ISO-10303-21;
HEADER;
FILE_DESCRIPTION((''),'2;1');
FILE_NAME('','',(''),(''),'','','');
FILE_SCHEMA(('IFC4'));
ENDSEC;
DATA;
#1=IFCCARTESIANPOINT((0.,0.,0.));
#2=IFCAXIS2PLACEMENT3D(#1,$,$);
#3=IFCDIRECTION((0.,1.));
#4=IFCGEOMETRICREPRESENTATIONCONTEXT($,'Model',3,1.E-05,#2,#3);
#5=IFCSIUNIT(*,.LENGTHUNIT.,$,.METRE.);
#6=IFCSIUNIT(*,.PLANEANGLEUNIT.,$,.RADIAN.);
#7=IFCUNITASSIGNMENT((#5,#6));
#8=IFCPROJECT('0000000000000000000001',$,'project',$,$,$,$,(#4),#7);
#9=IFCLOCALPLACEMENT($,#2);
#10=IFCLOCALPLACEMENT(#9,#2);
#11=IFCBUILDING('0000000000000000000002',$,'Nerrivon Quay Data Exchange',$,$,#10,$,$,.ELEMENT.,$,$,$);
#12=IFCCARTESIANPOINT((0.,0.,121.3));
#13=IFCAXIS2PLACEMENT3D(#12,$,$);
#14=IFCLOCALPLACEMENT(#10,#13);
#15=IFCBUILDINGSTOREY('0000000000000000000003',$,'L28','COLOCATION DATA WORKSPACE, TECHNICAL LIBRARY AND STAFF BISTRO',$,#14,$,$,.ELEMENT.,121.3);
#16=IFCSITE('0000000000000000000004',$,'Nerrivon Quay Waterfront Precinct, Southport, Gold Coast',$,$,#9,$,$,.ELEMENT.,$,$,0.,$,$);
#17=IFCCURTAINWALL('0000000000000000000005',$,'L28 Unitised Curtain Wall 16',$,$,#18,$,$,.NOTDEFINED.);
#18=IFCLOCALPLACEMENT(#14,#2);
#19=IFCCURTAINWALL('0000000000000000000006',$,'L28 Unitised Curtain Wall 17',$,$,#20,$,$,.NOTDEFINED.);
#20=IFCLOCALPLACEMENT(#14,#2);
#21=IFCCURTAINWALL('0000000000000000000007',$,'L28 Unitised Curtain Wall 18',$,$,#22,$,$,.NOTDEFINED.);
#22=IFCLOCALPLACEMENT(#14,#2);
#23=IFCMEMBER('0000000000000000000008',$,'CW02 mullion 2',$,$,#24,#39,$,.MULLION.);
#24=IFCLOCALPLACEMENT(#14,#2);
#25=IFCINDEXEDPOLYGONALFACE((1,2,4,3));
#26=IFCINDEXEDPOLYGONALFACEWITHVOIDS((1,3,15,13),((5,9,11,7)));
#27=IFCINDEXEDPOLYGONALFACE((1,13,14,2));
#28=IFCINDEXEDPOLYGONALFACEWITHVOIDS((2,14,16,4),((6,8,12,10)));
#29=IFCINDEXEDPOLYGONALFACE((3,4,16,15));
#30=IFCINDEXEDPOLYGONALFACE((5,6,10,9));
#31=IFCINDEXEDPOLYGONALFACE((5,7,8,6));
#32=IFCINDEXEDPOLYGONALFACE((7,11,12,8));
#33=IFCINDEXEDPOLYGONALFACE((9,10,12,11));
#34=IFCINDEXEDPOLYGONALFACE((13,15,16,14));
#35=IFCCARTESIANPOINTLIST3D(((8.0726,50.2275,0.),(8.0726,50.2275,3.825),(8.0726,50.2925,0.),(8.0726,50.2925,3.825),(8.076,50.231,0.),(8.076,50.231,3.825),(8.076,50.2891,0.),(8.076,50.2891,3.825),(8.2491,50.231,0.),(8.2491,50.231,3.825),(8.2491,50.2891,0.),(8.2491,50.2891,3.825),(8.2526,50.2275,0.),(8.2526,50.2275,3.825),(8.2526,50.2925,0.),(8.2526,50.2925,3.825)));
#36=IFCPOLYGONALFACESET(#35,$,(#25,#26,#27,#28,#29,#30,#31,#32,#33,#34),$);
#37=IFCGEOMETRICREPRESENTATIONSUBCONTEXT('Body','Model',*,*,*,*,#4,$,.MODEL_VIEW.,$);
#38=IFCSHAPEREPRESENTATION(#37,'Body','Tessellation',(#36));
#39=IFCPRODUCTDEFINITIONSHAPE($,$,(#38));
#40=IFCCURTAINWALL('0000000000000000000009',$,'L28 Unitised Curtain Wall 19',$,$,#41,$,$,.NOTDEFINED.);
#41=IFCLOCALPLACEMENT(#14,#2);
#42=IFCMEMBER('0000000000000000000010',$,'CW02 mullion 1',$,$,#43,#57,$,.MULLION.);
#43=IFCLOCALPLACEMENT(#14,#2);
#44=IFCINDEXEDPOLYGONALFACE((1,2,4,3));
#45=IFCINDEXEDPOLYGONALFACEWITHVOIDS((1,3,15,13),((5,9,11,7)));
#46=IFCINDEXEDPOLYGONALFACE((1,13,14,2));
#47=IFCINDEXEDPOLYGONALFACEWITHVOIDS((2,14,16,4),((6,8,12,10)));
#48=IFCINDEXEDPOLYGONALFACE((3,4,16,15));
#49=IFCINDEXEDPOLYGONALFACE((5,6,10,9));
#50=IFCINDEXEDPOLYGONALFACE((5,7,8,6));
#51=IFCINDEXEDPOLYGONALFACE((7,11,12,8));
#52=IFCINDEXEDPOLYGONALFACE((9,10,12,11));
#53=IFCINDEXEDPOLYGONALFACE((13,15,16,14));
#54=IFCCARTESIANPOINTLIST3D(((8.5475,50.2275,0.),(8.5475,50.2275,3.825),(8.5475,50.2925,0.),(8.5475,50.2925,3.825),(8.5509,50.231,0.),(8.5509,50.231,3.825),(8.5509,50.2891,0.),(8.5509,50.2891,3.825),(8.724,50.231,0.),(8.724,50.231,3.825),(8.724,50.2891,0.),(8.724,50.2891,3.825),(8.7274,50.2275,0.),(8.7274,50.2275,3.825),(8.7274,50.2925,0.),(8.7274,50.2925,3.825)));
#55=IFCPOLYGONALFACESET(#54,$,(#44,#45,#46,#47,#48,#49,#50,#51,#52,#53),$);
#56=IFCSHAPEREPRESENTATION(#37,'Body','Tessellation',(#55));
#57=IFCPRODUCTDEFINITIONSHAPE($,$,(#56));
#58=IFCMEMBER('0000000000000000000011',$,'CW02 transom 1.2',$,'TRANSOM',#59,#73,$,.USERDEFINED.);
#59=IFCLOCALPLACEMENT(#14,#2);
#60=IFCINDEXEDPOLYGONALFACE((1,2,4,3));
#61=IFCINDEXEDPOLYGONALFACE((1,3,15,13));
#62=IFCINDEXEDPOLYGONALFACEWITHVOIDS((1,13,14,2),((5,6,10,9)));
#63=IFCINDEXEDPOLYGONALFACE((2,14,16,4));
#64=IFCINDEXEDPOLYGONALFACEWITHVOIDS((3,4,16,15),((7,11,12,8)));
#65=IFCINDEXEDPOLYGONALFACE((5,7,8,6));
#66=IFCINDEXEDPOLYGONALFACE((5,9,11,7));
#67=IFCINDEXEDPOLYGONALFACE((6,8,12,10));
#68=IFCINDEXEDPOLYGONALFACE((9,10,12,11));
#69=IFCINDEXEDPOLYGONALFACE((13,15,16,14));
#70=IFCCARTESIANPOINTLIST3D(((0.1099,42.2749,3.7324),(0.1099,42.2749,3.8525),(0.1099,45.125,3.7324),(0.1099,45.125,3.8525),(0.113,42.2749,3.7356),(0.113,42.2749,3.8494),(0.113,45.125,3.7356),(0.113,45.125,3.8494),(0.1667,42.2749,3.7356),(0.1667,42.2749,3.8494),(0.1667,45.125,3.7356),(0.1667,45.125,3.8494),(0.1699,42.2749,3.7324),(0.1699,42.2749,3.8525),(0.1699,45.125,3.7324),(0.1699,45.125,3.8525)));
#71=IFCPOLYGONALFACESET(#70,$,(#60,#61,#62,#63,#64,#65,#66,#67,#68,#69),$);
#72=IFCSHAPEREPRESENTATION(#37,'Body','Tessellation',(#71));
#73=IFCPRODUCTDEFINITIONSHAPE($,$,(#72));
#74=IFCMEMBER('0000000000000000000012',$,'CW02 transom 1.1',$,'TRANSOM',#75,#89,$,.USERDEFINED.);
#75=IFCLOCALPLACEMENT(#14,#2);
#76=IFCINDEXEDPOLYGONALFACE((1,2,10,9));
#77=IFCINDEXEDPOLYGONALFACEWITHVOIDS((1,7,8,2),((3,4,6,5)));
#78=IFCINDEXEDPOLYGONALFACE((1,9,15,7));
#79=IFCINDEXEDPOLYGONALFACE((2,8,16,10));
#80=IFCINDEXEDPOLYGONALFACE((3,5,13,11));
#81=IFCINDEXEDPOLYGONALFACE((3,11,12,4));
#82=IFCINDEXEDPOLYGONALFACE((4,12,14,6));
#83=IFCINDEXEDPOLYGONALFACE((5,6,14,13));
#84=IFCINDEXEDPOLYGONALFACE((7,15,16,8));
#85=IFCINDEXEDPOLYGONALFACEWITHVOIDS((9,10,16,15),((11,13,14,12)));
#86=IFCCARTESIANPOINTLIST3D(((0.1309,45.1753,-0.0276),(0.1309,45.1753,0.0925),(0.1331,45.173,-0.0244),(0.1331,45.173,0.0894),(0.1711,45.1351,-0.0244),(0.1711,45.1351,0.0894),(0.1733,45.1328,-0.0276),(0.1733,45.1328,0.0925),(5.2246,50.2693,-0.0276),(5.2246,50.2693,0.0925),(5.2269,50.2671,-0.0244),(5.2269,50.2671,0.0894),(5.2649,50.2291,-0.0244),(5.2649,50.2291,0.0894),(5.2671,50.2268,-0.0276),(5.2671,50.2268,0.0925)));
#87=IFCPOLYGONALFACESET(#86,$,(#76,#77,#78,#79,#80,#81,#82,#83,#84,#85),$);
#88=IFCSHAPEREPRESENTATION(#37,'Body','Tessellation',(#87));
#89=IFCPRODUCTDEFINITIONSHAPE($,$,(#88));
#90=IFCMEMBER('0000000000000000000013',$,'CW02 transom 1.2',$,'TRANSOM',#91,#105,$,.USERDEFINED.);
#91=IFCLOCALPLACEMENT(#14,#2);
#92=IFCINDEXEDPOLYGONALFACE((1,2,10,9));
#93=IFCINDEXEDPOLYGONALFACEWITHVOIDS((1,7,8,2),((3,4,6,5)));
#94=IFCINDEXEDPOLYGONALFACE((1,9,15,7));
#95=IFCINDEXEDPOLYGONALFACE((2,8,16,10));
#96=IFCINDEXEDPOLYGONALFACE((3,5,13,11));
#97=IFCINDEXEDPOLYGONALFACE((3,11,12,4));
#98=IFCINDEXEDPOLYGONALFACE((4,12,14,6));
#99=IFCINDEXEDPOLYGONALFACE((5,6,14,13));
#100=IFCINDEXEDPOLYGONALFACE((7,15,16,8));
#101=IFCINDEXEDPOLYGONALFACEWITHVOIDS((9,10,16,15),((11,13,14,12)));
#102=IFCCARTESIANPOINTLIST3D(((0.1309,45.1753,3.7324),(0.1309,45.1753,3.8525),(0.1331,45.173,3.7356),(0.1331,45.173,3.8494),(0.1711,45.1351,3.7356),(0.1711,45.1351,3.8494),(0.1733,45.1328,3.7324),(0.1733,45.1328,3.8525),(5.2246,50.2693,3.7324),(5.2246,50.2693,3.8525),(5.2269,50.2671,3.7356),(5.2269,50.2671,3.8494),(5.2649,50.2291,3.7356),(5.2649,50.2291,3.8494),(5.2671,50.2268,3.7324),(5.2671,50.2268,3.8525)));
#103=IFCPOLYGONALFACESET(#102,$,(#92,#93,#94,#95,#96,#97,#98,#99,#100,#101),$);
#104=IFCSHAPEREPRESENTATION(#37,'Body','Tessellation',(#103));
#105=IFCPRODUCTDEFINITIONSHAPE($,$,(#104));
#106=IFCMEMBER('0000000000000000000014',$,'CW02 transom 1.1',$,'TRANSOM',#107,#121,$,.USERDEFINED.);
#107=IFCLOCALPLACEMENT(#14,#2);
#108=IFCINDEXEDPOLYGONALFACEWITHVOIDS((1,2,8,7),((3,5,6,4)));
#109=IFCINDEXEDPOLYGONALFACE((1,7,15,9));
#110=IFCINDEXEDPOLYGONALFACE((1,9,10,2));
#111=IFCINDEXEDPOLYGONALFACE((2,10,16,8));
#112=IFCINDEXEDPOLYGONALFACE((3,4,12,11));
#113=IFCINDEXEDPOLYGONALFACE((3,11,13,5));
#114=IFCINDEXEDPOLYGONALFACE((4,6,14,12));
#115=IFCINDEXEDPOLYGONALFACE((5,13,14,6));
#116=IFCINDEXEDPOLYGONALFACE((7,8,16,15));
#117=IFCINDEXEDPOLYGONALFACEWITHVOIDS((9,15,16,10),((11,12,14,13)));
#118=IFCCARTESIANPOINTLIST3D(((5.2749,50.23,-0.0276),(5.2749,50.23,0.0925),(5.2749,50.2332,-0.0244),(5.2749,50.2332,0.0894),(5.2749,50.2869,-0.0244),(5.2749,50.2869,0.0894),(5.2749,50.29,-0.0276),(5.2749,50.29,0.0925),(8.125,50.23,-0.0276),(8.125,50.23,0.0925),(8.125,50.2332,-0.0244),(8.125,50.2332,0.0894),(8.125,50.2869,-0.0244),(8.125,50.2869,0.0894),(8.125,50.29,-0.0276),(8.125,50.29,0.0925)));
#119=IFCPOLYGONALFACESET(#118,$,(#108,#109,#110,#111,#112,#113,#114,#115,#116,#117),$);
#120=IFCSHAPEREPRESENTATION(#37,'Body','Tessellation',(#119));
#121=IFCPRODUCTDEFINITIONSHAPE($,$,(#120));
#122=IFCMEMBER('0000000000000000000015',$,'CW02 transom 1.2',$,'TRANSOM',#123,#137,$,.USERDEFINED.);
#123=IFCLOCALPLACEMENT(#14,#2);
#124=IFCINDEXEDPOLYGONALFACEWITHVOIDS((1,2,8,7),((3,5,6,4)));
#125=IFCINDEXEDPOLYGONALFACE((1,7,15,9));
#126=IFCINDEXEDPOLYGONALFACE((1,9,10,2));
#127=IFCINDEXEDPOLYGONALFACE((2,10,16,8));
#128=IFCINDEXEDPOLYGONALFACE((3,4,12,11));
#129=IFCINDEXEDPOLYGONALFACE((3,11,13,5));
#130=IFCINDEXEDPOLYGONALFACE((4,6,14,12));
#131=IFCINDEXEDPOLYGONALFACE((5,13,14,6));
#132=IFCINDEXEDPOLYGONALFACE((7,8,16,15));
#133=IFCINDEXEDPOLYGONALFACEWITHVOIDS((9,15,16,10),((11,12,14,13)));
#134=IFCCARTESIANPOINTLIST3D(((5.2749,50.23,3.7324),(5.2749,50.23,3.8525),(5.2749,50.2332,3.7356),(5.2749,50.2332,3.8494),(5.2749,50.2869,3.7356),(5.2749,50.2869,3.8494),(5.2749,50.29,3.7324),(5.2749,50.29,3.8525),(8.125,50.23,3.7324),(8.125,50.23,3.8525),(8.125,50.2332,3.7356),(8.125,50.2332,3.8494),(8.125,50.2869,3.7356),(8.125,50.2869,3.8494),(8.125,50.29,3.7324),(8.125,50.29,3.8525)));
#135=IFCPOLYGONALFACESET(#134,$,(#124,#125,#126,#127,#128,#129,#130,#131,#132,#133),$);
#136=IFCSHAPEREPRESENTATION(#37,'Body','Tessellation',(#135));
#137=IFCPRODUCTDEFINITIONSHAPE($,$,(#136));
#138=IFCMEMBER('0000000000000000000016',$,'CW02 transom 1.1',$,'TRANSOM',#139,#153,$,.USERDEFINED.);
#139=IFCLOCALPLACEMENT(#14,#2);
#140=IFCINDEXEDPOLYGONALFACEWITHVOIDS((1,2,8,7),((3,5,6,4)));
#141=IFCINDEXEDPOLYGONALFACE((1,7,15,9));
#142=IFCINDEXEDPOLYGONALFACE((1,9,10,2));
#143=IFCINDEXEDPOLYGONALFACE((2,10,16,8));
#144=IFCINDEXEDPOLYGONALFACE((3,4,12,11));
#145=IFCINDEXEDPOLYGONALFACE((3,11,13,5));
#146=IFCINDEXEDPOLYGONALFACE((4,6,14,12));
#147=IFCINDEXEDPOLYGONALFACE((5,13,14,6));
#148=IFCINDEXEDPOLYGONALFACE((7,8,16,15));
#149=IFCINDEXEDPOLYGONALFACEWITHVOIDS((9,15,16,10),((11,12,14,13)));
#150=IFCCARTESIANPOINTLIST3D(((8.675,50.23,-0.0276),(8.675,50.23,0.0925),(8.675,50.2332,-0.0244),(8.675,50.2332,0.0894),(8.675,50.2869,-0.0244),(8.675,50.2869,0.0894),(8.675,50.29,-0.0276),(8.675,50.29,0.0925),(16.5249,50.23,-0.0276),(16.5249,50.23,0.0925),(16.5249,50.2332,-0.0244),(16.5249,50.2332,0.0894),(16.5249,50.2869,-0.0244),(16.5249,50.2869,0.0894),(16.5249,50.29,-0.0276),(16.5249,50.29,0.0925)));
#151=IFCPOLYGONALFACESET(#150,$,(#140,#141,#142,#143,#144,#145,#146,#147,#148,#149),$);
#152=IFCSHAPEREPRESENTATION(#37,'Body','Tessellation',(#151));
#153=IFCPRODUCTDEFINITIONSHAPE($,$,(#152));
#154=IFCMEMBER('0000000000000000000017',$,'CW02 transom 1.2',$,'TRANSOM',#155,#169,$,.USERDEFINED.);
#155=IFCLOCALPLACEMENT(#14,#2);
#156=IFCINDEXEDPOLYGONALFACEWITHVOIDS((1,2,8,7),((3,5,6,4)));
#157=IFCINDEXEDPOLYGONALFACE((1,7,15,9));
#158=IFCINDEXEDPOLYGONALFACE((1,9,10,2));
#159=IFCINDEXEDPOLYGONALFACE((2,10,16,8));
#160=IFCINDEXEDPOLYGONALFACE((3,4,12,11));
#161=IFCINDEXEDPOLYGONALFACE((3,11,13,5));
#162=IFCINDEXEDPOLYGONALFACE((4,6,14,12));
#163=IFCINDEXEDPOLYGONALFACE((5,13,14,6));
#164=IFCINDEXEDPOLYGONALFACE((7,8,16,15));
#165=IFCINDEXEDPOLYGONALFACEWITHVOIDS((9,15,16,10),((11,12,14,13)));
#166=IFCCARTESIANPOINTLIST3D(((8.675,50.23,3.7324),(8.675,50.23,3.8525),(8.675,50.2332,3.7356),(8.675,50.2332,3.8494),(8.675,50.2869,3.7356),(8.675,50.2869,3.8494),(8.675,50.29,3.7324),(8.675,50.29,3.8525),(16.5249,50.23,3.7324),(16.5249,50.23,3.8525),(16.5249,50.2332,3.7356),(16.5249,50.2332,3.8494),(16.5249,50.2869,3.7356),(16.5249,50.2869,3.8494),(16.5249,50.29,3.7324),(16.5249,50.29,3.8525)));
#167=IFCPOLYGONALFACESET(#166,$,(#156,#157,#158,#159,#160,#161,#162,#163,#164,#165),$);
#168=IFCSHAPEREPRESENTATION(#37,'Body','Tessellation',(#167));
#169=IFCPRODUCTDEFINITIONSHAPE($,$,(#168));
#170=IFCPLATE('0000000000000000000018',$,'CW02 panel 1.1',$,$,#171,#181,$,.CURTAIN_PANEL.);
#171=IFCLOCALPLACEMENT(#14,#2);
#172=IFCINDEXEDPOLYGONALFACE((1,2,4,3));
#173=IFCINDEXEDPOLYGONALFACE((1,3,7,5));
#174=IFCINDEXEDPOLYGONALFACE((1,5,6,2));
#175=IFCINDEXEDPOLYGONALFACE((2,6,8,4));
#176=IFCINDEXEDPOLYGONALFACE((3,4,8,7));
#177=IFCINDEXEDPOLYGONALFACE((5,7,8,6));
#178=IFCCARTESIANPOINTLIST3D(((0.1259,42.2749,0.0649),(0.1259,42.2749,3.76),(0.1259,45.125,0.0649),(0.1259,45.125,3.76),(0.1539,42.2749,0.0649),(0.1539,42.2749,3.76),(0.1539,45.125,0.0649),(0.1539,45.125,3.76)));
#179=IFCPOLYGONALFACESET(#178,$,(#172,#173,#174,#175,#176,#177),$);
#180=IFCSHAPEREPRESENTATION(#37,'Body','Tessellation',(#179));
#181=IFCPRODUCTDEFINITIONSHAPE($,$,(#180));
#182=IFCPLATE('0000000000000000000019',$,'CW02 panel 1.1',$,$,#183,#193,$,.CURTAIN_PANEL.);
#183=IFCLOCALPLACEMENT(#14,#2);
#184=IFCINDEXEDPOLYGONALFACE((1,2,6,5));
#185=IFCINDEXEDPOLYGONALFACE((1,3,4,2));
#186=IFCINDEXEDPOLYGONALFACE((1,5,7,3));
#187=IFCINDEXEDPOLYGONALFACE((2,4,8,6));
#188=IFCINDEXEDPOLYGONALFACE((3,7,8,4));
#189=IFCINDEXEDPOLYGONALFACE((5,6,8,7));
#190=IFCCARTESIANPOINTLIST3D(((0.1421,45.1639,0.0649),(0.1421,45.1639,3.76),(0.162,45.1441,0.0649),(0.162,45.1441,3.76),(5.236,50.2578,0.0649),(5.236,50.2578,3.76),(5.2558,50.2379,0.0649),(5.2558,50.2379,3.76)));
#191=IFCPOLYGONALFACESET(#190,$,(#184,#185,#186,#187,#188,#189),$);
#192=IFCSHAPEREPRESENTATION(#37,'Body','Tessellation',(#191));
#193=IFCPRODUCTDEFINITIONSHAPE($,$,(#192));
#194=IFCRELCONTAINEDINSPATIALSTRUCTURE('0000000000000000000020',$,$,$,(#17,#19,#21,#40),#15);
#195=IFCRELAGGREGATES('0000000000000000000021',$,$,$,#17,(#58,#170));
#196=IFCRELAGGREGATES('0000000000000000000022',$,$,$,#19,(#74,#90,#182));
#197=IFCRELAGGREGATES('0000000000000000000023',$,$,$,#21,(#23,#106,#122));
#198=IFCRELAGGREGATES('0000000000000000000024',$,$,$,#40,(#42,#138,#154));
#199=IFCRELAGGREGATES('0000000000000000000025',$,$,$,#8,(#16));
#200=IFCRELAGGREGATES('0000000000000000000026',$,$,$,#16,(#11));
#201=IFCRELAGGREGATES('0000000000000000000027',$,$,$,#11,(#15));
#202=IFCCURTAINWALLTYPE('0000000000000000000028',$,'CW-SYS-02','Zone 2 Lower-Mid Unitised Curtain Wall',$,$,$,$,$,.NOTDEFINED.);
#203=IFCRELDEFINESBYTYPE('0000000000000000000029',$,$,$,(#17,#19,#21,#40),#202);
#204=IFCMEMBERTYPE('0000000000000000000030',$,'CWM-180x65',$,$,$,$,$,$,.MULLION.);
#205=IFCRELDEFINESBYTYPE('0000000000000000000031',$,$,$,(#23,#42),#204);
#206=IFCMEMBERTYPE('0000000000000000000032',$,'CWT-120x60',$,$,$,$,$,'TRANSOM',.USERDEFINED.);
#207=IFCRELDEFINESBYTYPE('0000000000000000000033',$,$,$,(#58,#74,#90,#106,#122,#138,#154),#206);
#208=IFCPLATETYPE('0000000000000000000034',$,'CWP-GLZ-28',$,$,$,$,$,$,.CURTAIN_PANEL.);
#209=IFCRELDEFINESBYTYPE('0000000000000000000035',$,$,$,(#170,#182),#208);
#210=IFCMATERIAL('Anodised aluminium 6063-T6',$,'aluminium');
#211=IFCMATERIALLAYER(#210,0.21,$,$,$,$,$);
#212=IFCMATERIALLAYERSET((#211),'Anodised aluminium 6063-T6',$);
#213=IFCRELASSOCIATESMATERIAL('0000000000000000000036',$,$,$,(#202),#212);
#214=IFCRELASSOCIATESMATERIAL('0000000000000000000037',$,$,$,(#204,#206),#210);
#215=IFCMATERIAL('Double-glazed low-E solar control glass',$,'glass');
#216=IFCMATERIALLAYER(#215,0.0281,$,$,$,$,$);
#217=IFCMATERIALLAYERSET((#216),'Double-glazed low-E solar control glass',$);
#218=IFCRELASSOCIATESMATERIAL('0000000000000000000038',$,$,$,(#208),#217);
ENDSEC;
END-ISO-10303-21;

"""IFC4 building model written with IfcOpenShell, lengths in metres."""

from ifc_helpers import new_model, si_unit, direction, frame, origin, origin_2d, place, context, subcontext, project, spatial, rectangle, hollow_rectangle, extrude, material, layer, layer_set, material_profile, profile_set, type_object, element, aggregate, save


model = new_model("IFC4")

# Units and contexts
model_context = context("Model", 3, precision=1e-05, world=origin(), true_north=direction((0.0, 1.0)))
body_context = subcontext(model_context, "Body", "Model", "MODEL_VIEW")
ifc_project = project(units=[si_unit("LENGTHUNIT", "METRE"), si_unit("PLANEANGLEUNIT", "RADIAN")], contexts=[model_context])

# Site, building, storey
site_placement = place(None, origin())
site = spatial("IfcSite", under=ifc_project, at=site_placement, Name="Nerrivon Quay Waterfront Precinct, Southport, Gold Coast", CompositionType="ELEMENT", RefElevation=0.0)
building_placement = place(site_placement, origin())
building = spatial("IfcBuilding", under=site, at=building_placement, Name="Nerrivon Quay Data Exchange", CompositionType="ELEMENT")
storey_placement = place(building_placement, frame((0.0, 0.0, 121.3)))
storey = spatial("IfcBuildingStorey", under=building, at=storey_placement, Name="L28", Description="COLOCATION DATA WORKSPACE, TECHNICAL LIBRARY AND STAFF BISTRO", CompositionType="ELEMENT", Elevation=121.3)

# Curtain wall
ifc_material_1 = material(Name="Anodised aluminium 6063-T6", Category="aluminium")
ifc_layer_1 = layer(ifc_material_1, 0.21)
ifc_layer_set_1 = layer_set([ifc_layer_1], Name="Anodised aluminium 6063-T6")
curtain_wall_type = type_object("IfcCurtainWallType", Name="CW-SYS-02", Description="Zone 2 Lower-Mid Unitised Curtain Wall", PredefinedType="NOTDEFINED", material=ifc_layer_set_1)
curtain_wall_1_placement = place(storey_placement, origin())
curtain_wall_1 = element("IfcCurtainWall", 1, at=curtain_wall_1_placement, inside=storey, type_object=curtain_wall_type, Name="L28 Unitised Curtain Wall 16", PredefinedType="NOTDEFINED")
ifc_material_profile_1 = material_profile(ifc_material_1, hollow_rectangle(XDim=0.0649, YDim=0.1799, WallThickness=0.0034, at=origin_2d()), Name="ALU-MULL-180x65")
ifc_profile_set_1 = profile_set([ifc_material_profile_1], Name="Anodised aluminium 6063-T6")
member_type_1 = type_object("IfcMemberType", Name="CWM-180x65", PredefinedType="MULLION", material=ifc_profile_set_1)

# Curtain walls, member
curtain_wall_2_placement = place(storey_placement, origin())
curtain_wall_2 = element("IfcCurtainWall", 2, at=curtain_wall_2_placement, inside=storey, type_object=curtain_wall_type, Name="L28 Unitised Curtain Wall 17", PredefinedType="NOTDEFINED")
curtain_wall_3_placement = place(storey_placement, origin())
curtain_wall_3 = element("IfcCurtainWall", 3, at=curtain_wall_3_placement, inside=storey, type_object=curtain_wall_type, Name="L28 Unitised Curtain Wall 18", PredefinedType="NOTDEFINED")
member_1_placement = place(storey_placement, frame((8.1626, 50.26, 0.0), z_axis=(0.0, 0.0, 1.0), x_axis=(0.0, 1.0, 0.0)))
member_1 = element("IfcMember", 4, at=member_1_placement, type_object=member_type_1, Name="CW02 mullion 2", PredefinedType="MULLION", context=body_context, shape_type="SweptSolid", body=[
    extrude(hollow_rectangle(XDim=0.0649, YDim=0.1799, WallThickness=0.0034, at=origin_2d()), origin(), (0.0, 0.0, 1.0), 3.825),
])

# Curtain wall, member
curtain_wall_4_placement = place(storey_placement, origin())
curtain_wall_4 = element("IfcCurtainWall", 5, at=curtain_wall_4_placement, inside=storey, type_object=curtain_wall_type, Name="L28 Unitised Curtain Wall 19", PredefinedType="NOTDEFINED")
member_2_placement = place(storey_placement, frame((8.6375, 50.26, 0.0), z_axis=(0.0, 0.0, 1.0), x_axis=(0.0, 1.0, 0.0)))
member_2 = element("IfcMember", 6, at=member_2_placement, type_object=member_type_1, Name="CW02 mullion 1", PredefinedType="MULLION", context=body_context, shape_type="SweptSolid", body=[
    extrude(hollow_rectangle(XDim=0.0649, YDim=0.1799, WallThickness=0.0034, at=origin_2d()), origin(), (0.0, 0.0, 1.0), 3.825),
])

# Members
ifc_material_profile_2 = material_profile(ifc_material_1, hollow_rectangle(XDim=0.0601, YDim=0.1201, WallThickness=0.0032, at=origin_2d()), Name="ALU-TRAN-120x60")
ifc_profile_set_2 = profile_set([ifc_material_profile_2], Name="Anodised aluminium 6063-T6")
member_type_2 = type_object("IfcMemberType", Name="CWT-120x60", ElementType="TRANSOM", PredefinedType="USERDEFINED", material=ifc_profile_set_2)
member_3_placement = place(storey_placement, frame((0.1399, 42.2749, 3.7925), z_axis=(0.0, 1.0, 0.0), x_axis=(-1.0, 0.0, 0.0)))
member_3 = element("IfcMember", 7, at=member_3_placement, type_object=member_type_2, Name="CW02 transom 1.2", ObjectType="TRANSOM", PredefinedType="USERDEFINED", context=body_context, shape_type="SweptSolid", body=[
    extrude(hollow_rectangle(XDim=0.0601, YDim=0.1201, WallThickness=0.0032, at=origin_2d()), origin(), (0.0, 0.0, 1.0), 2.8501),
])
member_4_placement = place(storey_placement, frame((0.1521, 45.1541, 0.0325), z_axis=(0.70709, 0.707124, 0.0), x_axis=(-0.707124, 0.70709, 0.0)))
member_4 = element("IfcMember", 8, at=member_4_placement, type_object=member_type_2, Name="CW02 transom 1.1", ObjectType="TRANSOM", PredefinedType="USERDEFINED", context=body_context, shape_type="SweptSolid", body=[
    extrude(hollow_rectangle(XDim=0.0601, YDim=0.1201, WallThickness=0.0032, at=origin_2d()), origin(), (0.0, 0.0, 1.0), 7.2039),
])
member_5_placement = place(storey_placement, frame((0.1521, 45.1541, 3.7925), z_axis=(0.70709, 0.707124, 0.0), x_axis=(-0.707124, 0.70709, 0.0)))
member_5 = element("IfcMember", 9, at=member_5_placement, type_object=member_type_2, Name="CW02 transom 1.2", ObjectType="TRANSOM", PredefinedType="USERDEFINED", context=body_context, shape_type="SweptSolid", body=[
    extrude(hollow_rectangle(XDim=0.0601, YDim=0.1201, WallThickness=0.0032, at=origin_2d()), origin(), (0.0, 0.0, 1.0), 7.2039),
])
member_6_placement = place(storey_placement, frame((5.2749, 50.26, 0.0325), z_axis=(1.0, 0.0, 0.0), x_axis=(0.0, 1.0, 0.0)))
member_6 = element("IfcMember", 10, at=member_6_placement, type_object=member_type_2, Name="CW02 transom 1.1", ObjectType="TRANSOM", PredefinedType="USERDEFINED", context=body_context, shape_type="SweptSolid", body=[
    extrude(hollow_rectangle(XDim=0.0601, YDim=0.1201, WallThickness=0.0032, at=origin_2d()), origin(), (0.0, 0.0, 1.0), 2.8501),
])
member_7_placement = place(storey_placement, frame((5.2749, 50.26, 3.7925), z_axis=(1.0, 0.0, 0.0), x_axis=(0.0, 1.0, 0.0)))
member_7 = element("IfcMember", 11, at=member_7_placement, type_object=member_type_2, Name="CW02 transom 1.2", ObjectType="TRANSOM", PredefinedType="USERDEFINED", context=body_context, shape_type="SweptSolid", body=[
    extrude(hollow_rectangle(XDim=0.0601, YDim=0.1201, WallThickness=0.0032, at=origin_2d()), origin(), (0.0, 0.0, 1.0), 2.8501),
])
member_8_placement = place(storey_placement, frame((8.675, 50.26, 0.0325), z_axis=(1.0, 0.0, 0.0), x_axis=(0.0, 1.0, 0.0)))
member_8 = element("IfcMember", 12, at=member_8_placement, type_object=member_type_2, Name="CW02 transom 1.1", ObjectType="TRANSOM", PredefinedType="USERDEFINED", context=body_context, shape_type="SweptSolid", body=[
    extrude(hollow_rectangle(XDim=0.0601, YDim=0.1201, WallThickness=0.0032, at=origin_2d()), origin(), (0.0, 0.0, 1.0), 7.8499),
])
member_9_placement = place(storey_placement, frame((8.675, 50.26, 3.7925), z_axis=(1.0, 0.0, 0.0), x_axis=(0.0, 1.0, 0.0)))
member_9 = element("IfcMember", 13, at=member_9_placement, type_object=member_type_2, Name="CW02 transom 1.2", ObjectType="TRANSOM", PredefinedType="USERDEFINED", context=body_context, shape_type="SweptSolid", body=[
    extrude(hollow_rectangle(XDim=0.0601, YDim=0.1201, WallThickness=0.0032, at=origin_2d()), origin(), (0.0, 0.0, 1.0), 7.8499),
])

# Plates
ifc_material_2 = material(Name="Double-glazed low-E solar control glass", Category="glass")
ifc_layer_2 = layer(ifc_material_2, 0.0281)
ifc_layer_set_2 = layer_set([ifc_layer_2], Name="Double-glazed low-E solar control glass")
plate_type = type_object("IfcPlateType", Name="CWP-GLZ-28", PredefinedType="CURTAIN_PANEL", material=ifc_layer_set_2)
plate_1_placement = place(storey_placement, frame((0.1399, 43.7, 0.0649), z_axis=(0.0, 0.0, 1.0), x_axis=(0.0, 1.0, 0.0)))
plate_1 = element("IfcPlate", 14, at=plate_1_placement, type_object=plate_type, Name="CW02 panel 1.1", PredefinedType="CURTAIN_PANEL", context=body_context, shape_type="SweptSolid", body=[
    extrude(rectangle(XDim=2.8501, YDim=0.0281, at=origin_2d()), origin(), (0.0, 0.0, 1.0), 3.6951),
])
aggregate(curtain_wall_1, [member_3, plate_1])
plate_2_placement = place(storey_placement, frame((2.699, 47.7009, 0.0649), z_axis=(0.0, 0.0, 1.0), x_axis=(0.707107, 0.707107, 0.0)))
plate_2 = element("IfcPlate", 15, at=plate_2_placement, type_object=plate_type, Name="CW02 panel 1.1", PredefinedType="CURTAIN_PANEL", context=body_context, shape_type="SweptSolid", body=[
    extrude(rectangle(XDim=7.2039, YDim=0.0281, at=origin_2d()), origin(), (0.0, 0.0, 1.0), 3.6951),
])
aggregate(curtain_wall_2, [member_4, member_5, plate_2])
aggregate(curtain_wall_3, [member_1, member_6, member_7])
aggregate(curtain_wall_4, [member_2, member_8, member_9])

save(model, "model.ifc")
